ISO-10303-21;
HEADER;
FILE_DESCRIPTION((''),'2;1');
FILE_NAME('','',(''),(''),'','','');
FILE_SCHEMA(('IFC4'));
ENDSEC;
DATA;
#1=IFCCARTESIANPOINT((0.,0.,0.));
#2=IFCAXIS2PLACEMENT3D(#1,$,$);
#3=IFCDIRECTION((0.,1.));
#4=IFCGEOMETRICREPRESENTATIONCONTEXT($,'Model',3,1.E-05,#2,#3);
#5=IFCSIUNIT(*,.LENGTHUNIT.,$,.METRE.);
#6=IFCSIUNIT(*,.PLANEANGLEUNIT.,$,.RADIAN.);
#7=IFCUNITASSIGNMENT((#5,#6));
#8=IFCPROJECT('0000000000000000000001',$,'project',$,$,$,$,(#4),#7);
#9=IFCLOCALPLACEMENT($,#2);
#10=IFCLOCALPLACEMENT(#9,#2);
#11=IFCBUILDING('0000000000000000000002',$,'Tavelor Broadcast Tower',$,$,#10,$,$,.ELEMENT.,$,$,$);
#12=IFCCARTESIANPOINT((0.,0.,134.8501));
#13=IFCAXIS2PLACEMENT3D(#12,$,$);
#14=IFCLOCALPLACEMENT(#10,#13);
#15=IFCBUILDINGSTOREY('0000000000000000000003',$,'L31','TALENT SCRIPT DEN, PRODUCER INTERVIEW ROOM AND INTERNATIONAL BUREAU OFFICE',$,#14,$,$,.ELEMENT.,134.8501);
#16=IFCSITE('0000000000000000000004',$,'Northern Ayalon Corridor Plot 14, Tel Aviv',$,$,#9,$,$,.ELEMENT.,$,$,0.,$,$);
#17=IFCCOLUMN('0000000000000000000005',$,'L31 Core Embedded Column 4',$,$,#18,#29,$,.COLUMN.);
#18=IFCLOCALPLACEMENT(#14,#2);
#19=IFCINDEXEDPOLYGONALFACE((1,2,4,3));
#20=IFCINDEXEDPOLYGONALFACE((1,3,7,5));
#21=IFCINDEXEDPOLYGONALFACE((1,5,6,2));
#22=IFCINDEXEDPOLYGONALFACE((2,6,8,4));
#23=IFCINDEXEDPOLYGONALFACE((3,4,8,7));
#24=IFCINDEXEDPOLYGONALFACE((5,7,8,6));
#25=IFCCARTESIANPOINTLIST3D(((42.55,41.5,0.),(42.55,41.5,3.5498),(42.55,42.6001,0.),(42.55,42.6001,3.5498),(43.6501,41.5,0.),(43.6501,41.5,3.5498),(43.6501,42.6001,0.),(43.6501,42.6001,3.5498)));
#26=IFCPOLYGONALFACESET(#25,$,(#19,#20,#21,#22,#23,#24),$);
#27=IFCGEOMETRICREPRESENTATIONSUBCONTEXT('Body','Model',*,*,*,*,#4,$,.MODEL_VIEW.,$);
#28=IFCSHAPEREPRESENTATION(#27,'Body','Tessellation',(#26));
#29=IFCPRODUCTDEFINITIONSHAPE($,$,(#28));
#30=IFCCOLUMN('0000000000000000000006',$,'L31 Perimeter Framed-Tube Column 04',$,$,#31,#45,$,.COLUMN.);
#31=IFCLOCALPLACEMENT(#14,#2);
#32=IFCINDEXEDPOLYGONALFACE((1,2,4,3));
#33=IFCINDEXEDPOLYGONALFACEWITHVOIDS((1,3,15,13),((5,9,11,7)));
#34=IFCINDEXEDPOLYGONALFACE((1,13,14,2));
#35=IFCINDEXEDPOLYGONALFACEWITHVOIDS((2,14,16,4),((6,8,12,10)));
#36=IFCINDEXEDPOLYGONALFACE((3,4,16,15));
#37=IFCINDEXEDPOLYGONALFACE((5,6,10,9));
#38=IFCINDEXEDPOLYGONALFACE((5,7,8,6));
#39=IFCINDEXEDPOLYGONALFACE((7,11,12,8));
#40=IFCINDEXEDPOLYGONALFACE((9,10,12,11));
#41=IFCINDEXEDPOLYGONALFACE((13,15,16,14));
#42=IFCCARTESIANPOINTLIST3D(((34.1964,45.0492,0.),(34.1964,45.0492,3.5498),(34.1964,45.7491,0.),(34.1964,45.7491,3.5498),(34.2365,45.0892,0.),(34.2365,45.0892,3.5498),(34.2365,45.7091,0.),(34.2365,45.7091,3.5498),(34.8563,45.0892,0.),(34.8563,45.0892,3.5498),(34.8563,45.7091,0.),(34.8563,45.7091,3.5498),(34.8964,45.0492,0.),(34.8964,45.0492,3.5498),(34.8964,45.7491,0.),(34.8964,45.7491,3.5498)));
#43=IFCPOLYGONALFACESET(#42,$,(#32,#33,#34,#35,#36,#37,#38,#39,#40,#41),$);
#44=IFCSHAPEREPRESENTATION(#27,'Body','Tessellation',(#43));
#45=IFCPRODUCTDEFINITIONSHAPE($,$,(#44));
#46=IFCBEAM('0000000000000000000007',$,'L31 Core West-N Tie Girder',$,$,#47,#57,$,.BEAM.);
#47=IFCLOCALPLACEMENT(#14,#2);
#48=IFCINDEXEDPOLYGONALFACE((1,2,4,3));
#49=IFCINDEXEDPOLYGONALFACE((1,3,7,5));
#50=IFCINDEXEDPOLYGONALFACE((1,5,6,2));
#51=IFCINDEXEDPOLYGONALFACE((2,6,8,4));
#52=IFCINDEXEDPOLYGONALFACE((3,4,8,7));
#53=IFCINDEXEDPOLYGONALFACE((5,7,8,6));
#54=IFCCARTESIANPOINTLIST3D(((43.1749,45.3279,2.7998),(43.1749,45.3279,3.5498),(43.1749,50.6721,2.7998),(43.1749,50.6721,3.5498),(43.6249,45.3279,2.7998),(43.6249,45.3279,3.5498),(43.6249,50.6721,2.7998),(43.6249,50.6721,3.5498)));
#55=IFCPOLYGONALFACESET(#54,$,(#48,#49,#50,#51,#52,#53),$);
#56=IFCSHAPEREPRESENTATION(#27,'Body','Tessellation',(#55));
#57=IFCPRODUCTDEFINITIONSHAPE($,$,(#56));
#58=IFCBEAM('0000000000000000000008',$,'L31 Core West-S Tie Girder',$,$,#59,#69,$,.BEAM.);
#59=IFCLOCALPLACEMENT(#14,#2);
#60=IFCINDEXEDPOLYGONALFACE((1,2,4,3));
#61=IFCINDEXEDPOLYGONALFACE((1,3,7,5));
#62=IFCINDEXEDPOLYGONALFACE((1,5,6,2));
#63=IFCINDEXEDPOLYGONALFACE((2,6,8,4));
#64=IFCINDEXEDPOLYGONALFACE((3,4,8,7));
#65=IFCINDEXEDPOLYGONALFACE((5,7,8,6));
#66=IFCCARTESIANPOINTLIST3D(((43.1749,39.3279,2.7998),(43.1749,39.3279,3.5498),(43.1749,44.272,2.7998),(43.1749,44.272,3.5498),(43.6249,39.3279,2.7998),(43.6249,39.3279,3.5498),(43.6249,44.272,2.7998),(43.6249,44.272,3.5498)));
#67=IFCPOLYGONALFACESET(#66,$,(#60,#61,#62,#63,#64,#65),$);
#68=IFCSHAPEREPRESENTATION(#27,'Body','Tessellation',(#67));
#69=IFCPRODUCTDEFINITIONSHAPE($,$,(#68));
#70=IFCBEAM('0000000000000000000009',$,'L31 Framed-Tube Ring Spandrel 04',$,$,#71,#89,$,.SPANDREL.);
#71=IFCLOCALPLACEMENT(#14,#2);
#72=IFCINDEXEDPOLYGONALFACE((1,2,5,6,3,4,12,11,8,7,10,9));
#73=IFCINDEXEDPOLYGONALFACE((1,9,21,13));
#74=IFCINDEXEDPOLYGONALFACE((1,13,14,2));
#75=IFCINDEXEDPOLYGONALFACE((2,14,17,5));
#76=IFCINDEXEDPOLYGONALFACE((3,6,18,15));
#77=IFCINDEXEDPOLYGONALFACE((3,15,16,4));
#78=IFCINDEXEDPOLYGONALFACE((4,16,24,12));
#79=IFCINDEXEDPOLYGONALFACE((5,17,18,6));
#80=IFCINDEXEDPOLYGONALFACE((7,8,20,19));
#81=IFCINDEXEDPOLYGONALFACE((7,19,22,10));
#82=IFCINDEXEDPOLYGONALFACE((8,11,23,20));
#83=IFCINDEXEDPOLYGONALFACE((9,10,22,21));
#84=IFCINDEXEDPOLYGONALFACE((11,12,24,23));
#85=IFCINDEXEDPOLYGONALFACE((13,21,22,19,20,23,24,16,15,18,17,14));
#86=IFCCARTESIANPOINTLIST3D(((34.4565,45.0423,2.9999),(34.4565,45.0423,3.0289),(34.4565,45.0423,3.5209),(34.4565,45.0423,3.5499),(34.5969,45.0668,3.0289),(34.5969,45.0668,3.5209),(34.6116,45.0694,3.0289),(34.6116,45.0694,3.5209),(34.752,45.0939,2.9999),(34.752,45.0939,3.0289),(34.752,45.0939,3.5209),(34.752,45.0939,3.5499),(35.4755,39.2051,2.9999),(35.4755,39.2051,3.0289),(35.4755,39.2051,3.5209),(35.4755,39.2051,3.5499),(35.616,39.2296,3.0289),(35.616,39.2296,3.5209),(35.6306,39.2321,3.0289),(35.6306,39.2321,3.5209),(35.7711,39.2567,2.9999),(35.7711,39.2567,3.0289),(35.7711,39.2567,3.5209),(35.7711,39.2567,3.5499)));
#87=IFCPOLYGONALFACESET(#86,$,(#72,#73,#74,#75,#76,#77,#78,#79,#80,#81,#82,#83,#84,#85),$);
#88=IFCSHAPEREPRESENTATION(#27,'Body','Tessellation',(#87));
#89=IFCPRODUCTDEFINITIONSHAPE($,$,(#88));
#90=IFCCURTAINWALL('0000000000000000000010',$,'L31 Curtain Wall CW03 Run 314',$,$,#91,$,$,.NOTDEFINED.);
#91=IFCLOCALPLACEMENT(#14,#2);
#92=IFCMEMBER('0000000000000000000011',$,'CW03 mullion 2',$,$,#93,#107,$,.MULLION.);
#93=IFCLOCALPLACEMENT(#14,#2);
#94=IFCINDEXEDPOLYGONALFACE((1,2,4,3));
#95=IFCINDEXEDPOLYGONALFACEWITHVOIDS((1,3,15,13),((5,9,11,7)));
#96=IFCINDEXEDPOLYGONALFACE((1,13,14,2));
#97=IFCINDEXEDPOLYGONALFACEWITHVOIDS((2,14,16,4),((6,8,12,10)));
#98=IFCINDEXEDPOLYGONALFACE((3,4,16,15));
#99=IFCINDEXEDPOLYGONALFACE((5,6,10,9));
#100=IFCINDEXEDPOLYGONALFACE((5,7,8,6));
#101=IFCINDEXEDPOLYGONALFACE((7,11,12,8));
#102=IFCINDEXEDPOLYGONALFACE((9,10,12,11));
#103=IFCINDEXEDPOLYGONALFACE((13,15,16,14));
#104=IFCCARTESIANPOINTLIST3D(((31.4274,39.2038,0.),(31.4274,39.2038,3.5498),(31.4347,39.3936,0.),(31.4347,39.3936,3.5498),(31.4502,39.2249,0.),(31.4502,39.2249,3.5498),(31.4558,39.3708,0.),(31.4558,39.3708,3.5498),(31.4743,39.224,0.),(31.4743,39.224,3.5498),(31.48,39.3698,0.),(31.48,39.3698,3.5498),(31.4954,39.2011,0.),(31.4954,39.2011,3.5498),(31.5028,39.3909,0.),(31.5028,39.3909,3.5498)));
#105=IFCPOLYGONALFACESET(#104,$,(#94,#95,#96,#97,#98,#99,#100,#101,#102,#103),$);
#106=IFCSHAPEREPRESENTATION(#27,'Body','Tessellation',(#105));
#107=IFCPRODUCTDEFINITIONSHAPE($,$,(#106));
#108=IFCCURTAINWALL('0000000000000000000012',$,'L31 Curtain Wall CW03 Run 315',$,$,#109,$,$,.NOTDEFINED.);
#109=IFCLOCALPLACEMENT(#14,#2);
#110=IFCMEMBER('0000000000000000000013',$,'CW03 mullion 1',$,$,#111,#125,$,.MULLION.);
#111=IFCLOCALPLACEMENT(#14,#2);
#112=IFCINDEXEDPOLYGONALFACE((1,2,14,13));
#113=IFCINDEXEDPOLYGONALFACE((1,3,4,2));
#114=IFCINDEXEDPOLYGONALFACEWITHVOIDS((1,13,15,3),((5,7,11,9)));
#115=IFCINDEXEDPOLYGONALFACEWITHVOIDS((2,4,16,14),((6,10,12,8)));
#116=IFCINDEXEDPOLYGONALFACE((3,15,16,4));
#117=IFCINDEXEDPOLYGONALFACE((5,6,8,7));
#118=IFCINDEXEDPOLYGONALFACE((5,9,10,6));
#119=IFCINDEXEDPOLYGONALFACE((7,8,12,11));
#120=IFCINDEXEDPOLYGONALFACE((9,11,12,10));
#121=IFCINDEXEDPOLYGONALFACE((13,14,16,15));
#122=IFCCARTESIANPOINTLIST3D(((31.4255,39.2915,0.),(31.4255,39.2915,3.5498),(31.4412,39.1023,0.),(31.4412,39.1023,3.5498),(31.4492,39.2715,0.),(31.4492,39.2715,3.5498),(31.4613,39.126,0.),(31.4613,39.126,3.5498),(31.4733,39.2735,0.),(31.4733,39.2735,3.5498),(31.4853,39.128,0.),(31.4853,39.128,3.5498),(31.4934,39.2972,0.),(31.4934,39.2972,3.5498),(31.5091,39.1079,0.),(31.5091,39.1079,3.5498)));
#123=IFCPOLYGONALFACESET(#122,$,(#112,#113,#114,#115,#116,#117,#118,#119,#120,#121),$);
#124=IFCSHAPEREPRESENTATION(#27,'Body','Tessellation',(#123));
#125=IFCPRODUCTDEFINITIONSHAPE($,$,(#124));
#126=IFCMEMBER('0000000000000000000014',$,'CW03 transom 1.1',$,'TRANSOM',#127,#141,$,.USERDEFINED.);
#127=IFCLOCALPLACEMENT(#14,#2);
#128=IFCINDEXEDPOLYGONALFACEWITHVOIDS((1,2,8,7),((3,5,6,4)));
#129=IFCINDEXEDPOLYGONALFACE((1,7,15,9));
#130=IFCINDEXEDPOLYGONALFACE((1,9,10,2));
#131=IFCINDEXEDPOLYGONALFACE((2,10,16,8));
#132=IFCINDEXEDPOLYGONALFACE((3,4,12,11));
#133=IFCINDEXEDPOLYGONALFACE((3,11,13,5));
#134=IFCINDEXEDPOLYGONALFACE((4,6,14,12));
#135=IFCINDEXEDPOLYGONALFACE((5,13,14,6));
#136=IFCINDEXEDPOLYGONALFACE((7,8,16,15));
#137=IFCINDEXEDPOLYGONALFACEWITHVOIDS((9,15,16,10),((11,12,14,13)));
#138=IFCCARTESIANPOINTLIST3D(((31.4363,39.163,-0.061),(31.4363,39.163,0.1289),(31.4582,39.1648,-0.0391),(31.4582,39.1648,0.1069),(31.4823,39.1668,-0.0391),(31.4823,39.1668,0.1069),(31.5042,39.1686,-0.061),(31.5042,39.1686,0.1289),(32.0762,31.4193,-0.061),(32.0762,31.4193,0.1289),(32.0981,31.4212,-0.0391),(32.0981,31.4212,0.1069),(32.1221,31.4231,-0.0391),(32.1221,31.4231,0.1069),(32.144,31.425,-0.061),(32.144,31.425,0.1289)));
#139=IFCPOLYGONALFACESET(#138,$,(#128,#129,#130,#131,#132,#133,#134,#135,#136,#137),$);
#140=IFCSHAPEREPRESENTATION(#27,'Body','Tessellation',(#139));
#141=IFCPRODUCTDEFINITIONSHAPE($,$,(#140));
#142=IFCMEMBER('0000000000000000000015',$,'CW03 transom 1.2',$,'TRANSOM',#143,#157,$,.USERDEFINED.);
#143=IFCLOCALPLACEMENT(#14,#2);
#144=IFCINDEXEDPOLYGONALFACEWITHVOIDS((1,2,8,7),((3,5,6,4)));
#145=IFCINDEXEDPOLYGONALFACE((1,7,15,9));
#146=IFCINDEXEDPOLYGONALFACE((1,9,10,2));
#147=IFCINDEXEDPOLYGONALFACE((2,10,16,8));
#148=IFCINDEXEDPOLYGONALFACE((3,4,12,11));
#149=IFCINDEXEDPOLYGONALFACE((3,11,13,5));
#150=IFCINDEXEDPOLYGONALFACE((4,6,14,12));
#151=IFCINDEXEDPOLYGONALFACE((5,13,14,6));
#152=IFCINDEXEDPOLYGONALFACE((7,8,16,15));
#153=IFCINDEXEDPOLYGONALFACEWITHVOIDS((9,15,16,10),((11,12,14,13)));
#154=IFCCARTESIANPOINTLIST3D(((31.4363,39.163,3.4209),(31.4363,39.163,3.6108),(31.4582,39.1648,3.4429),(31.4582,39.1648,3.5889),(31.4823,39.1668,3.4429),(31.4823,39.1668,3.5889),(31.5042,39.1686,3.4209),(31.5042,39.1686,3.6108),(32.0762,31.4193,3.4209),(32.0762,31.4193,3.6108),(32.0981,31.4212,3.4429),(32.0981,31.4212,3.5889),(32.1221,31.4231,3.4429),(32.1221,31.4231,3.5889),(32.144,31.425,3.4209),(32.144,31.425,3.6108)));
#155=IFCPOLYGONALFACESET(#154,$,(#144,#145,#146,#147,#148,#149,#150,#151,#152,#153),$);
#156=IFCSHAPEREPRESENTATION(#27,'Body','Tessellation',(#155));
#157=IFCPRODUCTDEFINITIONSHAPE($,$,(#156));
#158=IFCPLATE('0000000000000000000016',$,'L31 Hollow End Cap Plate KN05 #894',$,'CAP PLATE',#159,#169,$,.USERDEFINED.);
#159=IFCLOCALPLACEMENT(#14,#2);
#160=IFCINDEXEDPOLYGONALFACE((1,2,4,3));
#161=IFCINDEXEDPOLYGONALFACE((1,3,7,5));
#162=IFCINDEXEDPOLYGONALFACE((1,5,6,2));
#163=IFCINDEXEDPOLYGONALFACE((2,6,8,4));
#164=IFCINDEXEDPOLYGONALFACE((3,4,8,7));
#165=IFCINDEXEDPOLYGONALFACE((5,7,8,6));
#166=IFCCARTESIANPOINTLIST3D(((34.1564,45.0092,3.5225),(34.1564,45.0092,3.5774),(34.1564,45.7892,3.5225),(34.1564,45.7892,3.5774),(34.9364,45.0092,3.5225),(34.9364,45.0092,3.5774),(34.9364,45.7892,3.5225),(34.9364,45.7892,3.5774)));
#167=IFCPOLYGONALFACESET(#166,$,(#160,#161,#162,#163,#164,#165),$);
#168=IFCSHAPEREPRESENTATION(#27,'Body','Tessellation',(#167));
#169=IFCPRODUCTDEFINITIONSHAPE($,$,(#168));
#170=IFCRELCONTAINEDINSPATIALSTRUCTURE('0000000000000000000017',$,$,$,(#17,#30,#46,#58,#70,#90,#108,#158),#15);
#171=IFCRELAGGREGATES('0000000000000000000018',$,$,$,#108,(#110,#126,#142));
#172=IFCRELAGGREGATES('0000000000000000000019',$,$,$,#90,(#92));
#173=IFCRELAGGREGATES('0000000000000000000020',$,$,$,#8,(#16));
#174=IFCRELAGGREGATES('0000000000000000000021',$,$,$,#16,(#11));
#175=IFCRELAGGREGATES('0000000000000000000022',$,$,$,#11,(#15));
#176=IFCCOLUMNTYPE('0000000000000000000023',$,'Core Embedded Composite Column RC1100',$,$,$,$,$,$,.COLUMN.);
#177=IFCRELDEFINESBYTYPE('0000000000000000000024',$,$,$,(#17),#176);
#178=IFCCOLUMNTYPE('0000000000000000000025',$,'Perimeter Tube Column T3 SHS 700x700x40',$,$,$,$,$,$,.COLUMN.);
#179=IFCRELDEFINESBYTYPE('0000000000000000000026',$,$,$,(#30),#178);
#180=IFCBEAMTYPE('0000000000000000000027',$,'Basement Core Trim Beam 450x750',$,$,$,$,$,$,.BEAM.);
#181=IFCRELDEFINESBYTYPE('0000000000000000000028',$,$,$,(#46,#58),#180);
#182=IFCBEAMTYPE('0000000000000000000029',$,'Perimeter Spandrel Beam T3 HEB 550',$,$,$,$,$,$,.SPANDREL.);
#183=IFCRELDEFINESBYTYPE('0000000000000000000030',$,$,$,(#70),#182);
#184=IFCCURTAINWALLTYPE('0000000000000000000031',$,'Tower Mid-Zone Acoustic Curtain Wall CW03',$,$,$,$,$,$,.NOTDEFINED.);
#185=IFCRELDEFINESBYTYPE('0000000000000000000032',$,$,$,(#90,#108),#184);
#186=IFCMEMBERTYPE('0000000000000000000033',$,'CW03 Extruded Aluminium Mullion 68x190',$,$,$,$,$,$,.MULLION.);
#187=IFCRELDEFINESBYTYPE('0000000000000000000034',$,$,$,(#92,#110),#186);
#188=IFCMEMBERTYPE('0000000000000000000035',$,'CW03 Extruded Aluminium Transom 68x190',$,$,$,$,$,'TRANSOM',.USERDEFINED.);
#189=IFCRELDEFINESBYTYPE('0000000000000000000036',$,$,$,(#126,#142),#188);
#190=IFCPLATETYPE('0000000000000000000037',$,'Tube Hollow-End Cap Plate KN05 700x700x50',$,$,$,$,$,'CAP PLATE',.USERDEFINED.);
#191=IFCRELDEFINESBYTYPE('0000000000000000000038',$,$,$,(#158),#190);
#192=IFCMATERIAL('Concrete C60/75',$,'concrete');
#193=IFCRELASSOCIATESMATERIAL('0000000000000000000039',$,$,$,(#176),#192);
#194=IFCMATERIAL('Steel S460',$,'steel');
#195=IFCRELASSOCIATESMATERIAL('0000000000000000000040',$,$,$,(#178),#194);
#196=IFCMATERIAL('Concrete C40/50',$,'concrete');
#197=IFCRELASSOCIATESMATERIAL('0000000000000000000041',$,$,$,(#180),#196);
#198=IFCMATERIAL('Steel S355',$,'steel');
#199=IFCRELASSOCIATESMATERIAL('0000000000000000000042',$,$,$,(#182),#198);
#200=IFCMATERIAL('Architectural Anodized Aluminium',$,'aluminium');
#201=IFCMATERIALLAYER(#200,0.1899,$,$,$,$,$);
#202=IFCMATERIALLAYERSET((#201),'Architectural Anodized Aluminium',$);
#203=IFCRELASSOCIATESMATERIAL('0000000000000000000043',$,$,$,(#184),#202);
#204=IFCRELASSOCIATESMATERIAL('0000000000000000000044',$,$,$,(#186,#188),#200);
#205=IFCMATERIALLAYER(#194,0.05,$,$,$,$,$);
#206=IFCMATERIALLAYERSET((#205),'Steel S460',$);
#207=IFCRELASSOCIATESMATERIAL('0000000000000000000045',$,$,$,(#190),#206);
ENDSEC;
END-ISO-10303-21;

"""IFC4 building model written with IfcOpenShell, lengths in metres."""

from ifc_helpers import new_model, si_unit, direction, frame, origin, origin_2d, place, context, subcontext, project, spatial, rectangle, hollow_rectangle, i_section, extrude, source, transform, mapped, material, layer, layer_set, material_profile, profile_set, type_object, type_shapes, element, aggregate, save


model = new_model("IFC4")

# Units and contexts
model_context = context("Model", 3, precision=1e-05, world=origin(), true_north=direction((0.0, 1.0)))
body_context = subcontext(model_context, "Body", "Model", "MODEL_VIEW")
ifc_project = project(units=[si_unit("LENGTHUNIT", "METRE"), si_unit("PLANEANGLEUNIT", "RADIAN")], contexts=[model_context])

# Site, building, storey
site_placement = place(None, origin())
site = spatial("IfcSite", under=ifc_project, at=site_placement, Name="Northern Ayalon Corridor Plot 14, Tel Aviv", CompositionType="ELEMENT", RefElevation=0.0)
building_placement = place(site_placement, origin())
building = spatial("IfcBuilding", under=site, at=building_placement, Name="Tavelor Broadcast Tower", CompositionType="ELEMENT")
storey_placement = place(building_placement, frame((0.0, 0.0, 134.8501)))
storey = spatial("IfcBuildingStorey", under=building, at=storey_placement, Name="L31", Description="TALENT SCRIPT DEN, PRODUCER INTERVIEW ROOM AND INTERNATIONAL BUREAU OFFICE", CompositionType="ELEMENT", Elevation=134.8501)

# Columns
ifc_material_1 = material(Name="Concrete C60/75", Category="concrete")
ifc_material_profile_1 = material_profile(ifc_material_1, rectangle(XDim=1.1001, YDim=1.1001, at=origin_2d()), Name="RC 1100x1100")
ifc_profile_set_1 = profile_set([ifc_material_profile_1], Name="Concrete C60/75")
column_type_1 = type_object("IfcColumnType", Name="Core Embedded Composite Column RC1100", PredefinedType="COLUMN", material=ifc_profile_set_1)
column_1_placement = place(storey_placement, frame((43.1001, 42.05, 0.0), z_axis=(0.0, 0.0, 1.0), x_axis=(1.0, 0.0, 0.0)))
element("IfcColumn", 1, at=column_1_placement, inside=storey, type_object=column_type_1, Name="L31 Core Embedded Column 4", PredefinedType="COLUMN", context=body_context, shape_type="SweptSolid", body=[
    extrude(rectangle(XDim=1.1001, YDim=1.1001, at=origin_2d()), origin(), (0.0, 0.0, 1.0), 3.5498),
])
ifc_material_2 = material(Name="Steel S460", Category="steel")
ifc_material_profile_2 = material_profile(ifc_material_2, hollow_rectangle(XDim=0.7, YDim=0.7, WallThickness=0.04, at=origin_2d()), Name="SHS 700x700x40")
ifc_profile_set_2 = profile_set([ifc_material_profile_2], Name="Steel S460")
column_type_2 = type_object("IfcColumnType", Name="Perimeter Tube Column T3 SHS 700x700x40", PredefinedType="COLUMN", material=ifc_profile_set_2)
column_2_placement = place(storey_placement, frame((34.5464, 45.3992, 0.0), z_axis=(0.0, 0.0, 1.0), x_axis=(1.0, 0.0, 0.0)))
element("IfcColumn", 2, at=column_2_placement, inside=storey, type_object=column_type_2, Name="L31 Perimeter Framed-Tube Column 04", PredefinedType="COLUMN", context=body_context, shape_type="SweptSolid", body=[
    extrude(hollow_rectangle(XDim=0.7, YDim=0.7, WallThickness=0.04, at=origin_2d()), origin(), (0.0, 0.0, 1.0), 3.5498),
])

# Beams
ifc_material_3 = material(Name="Concrete C40/50", Category="concrete")
ifc_material_profile_3 = material_profile(ifc_material_3, rectangle(XDim=0.45, YDim=0.75, at=origin_2d()), Name="RC 450x750")
ifc_profile_set_3 = profile_set([ifc_material_profile_3], Name="Concrete C40/50")
beam_type_1 = type_object("IfcBeamType", Name="Basement Core Trim Beam 450x750", PredefinedType="BEAM", material=ifc_profile_set_3)
beam_1_placement = place(storey_placement, frame((43.3999, 45.3279, 3.1748), z_axis=(0.0, 1.0, 0.0), x_axis=(-1.0, 0.0, 0.0)))
element("IfcBeam", 3, at=beam_1_placement, inside=storey, type_object=beam_type_1, Name="L31 Core West-N Tie Girder", PredefinedType="BEAM", context=body_context, shape_type="SweptSolid", body=[
    extrude(rectangle(XDim=0.45, YDim=0.75, at=origin_2d()), origin(), (0.0, 0.0, 1.0), 5.3442),
])
beam_2_placement = place(storey_placement, frame((43.3999, 39.3279, 3.1748), z_axis=(0.0, 1.0, 0.0), x_axis=(-1.0, 0.0, 0.0)))
element("IfcBeam", 4, at=beam_2_placement, inside=storey, type_object=beam_type_1, Name="L31 Core West-S Tie Girder", PredefinedType="BEAM", context=body_context, shape_type="SweptSolid", body=[
    extrude(rectangle(XDim=0.45, YDim=0.75, at=origin_2d()), origin(), (0.0, 0.0, 1.0), 4.9441),
])
ifc_material_4 = material(Name="Steel S355", Category="steel")
ifc_material_profile_4 = material_profile(ifc_material_4, i_section(OverallWidth=0.3, OverallDepth=0.55, WebThickness=0.0149, FlangeThickness=0.0291, at=origin_2d()), Name="HEB 550")
ifc_profile_set_4 = profile_set([ifc_material_profile_4], Name="Steel S355")
beam_type_2 = type_object("IfcBeamType", Name="Perimeter Spandrel Beam T3 HEB 550", PredefinedType="SPANDREL", material=ifc_profile_set_4)
beam_3_placement = place(storey_placement, frame((34.6042, 45.0681, 3.2749), z_axis=(0.171978, -0.985101, 0.0), x_axis=(0.985101, 0.171978, 0.0)))
element("IfcBeam", 5, at=beam_3_placement, inside=storey, type_object=beam_type_2, Name="L31 Framed-Tube Ring Spandrel 04", PredefinedType="SPANDREL", context=body_context, shape_type="SweptSolid", body=[
    extrude(i_section(OverallWidth=0.3, OverallDepth=0.55, WebThickness=0.0149, FlangeThickness=0.0291, at=origin_2d()), origin(), (0.0, 0.0, 1.0), 5.9255),
])

# Curtain wall, member
ifc_material_5 = material(Name="Architectural Anodized Aluminium", Category="aluminium")
ifc_layer_1 = layer(ifc_material_5, 0.1899)
ifc_layer_set_1 = layer_set([ifc_layer_1], Name="Architectural Anodized Aluminium")
curtain_wall_type = type_object("IfcCurtainWallType", Name="Tower Mid-Zone Acoustic Curtain Wall CW03", PredefinedType="NOTDEFINED", material=ifc_layer_set_1)
curtain_wall_1_placement = place(storey_placement, origin())
curtain_wall_1 = element("IfcCurtainWall", 6, at=curtain_wall_1_placement, inside=storey, type_object=curtain_wall_type, Name="L31 Curtain Wall CW03 Run 314", PredefinedType="NOTDEFINED")
ifc_material_profile_5 = material_profile(ifc_material_5, hollow_rectangle(XDim=0.0681, YDim=0.1899, WallThickness=0.022, at=origin_2d()), Name="RHS 68x190x22")
ifc_profile_set_5 = profile_set([ifc_material_profile_5], Name="Architectural Anodized Aluminium")
member_type_1 = type_object("IfcMemberType", Name="CW03 Extruded Aluminium Mullion 68x190", PredefinedType="MULLION", material=ifc_profile_set_5)
shared_shape_1 = source(origin(), body_context, "Body", "SweptSolid", [
    extrude(hollow_rectangle(XDim=0.0681, YDim=0.1899, WallThickness=0.022, at=origin_2d()), origin(), (0.0, 0.0, 1.0), 3.5498),
])
type_shapes(member_type_1, [shared_shape_1])
member_1_placement = place(storey_placement, frame((31.4651, 39.2974, 0.0), z_axis=(0.0, 0.0, 1.0), x_axis=(0.999246, -0.038817, 0.0)))
member_1 = element("IfcMember", 7, at=member_1_placement, type_object=member_type_1, Name="CW03 mullion 2", PredefinedType="MULLION", context=body_context, shape_type="MappedRepresentation", body=[
    mapped(shared_shape_1, transform((0.0, 0.0, 0.0), scale=1.0)),
])

# Curtain wall, members
curtain_wall_2_placement = place(storey_placement, origin())
curtain_wall_2 = element("IfcCurtainWall", 8, at=curtain_wall_2_placement, inside=storey, type_object=curtain_wall_type, Name="L31 Curtain Wall CW03 Run 315", PredefinedType="NOTDEFINED")
member_2_placement = place(storey_placement, frame((31.4673, 39.1997, 0.0), z_axis=(0.0, 0.0, 1.0), x_axis=(0.996601, 0.08238, 0.0)))
member_2 = element("IfcMember", 9, at=member_2_placement, type_object=member_type_1, Name="CW03 mullion 1", PredefinedType="MULLION", context=body_context, shape_type="MappedRepresentation", body=[
    mapped(shared_shape_1, transform((0.0, 0.0, 0.0), scale=1.0)),
])
ifc_material_profile_6 = material_profile(ifc_material_5, hollow_rectangle(XDim=0.0681, YDim=0.1899, WallThickness=0.022, at=origin_2d()), Name="RHS 68x190x22")
ifc_profile_set_6 = profile_set([ifc_material_profile_6], Name="Architectural Anodized Aluminium")
member_type_2 = type_object("IfcMemberType", Name="CW03 Extruded Aluminium Transom 68x190", ElementType="TRANSOM", PredefinedType="USERDEFINED", material=ifc_profile_set_6)
shared_shape_2 = source(origin(), body_context, "Body", "SweptSolid", [
    extrude(hollow_rectangle(XDim=0.0681, YDim=0.1899, WallThickness=0.022, at=origin_2d()), origin(), (0.0, 0.0, 1.0), 7.77),
])
type_shapes(member_type_2, [shared_shape_2])
member_3_placement = place(storey_placement, frame((31.4702, 39.1658, 0.0339), z_axis=(0.082354, -0.996603, 0.0), x_axis=(0.996603, 0.082354, 0.0)))
member_3 = element("IfcMember", 10, at=member_3_placement, type_object=member_type_2, Name="CW03 transom 1.1", ObjectType="TRANSOM", PredefinedType="USERDEFINED", context=body_context, shape_type="MappedRepresentation", body=[
    mapped(shared_shape_2, transform((0.0, 0.0, 0.0), scale=1.0)),
])
member_4_placement = place(storey_placement, frame((31.4702, 39.1658, 3.5159), z_axis=(0.082354, -0.996603, 0.0), x_axis=(0.996603, 0.082354, 0.0)))
member_4 = element("IfcMember", 11, at=member_4_placement, type_object=member_type_2, Name="CW03 transom 1.2", ObjectType="TRANSOM", PredefinedType="USERDEFINED", context=body_context, shape_type="MappedRepresentation", body=[
    mapped(shared_shape_2, transform((0.0, 0.0, 0.0), scale=1.0)),
])
aggregate(curtain_wall_2, [member_2, member_3, member_4])

# Plate
ifc_layer_2 = layer(ifc_material_2, 0.05)
ifc_layer_set_2 = layer_set([ifc_layer_2], Name="Steel S460")
plate_type_1 = type_object("IfcPlateType", Name="Tube Hollow-End Cap Plate KN05 700x700x50", ElementType="CAP PLATE", PredefinedType="USERDEFINED", material=ifc_layer_set_2)
shared_shape_3 = source(origin(), body_context, "Body", "SweptSolid", [
    extrude(rectangle(XDim=0.78, YDim=0.78, at=origin_2d()), origin(), (0.0, 0.0, 1.0), 0.0549),
])
type_shapes(plate_type_1, [shared_shape_3])
plate_1_placement = place(storey_placement, frame((34.5464, 45.3992, 3.5225), z_axis=(0.0, 0.0, 1.0), x_axis=(1.0, 0.0, 0.0)))
element("IfcPlate", 12, at=plate_1_placement, inside=storey, type_object=plate_type_1, Name="L31 Hollow End Cap Plate KN05 #894", ObjectType="CAP PLATE", PredefinedType="USERDEFINED", context=body_context, shape_type="MappedRepresentation", body=[
    mapped(shared_shape_3, transform((0.0, 0.0, 0.0), scale=1.0)),
])
aggregate(curtain_wall_1, [member_1])

save(model, "model.ifc")
